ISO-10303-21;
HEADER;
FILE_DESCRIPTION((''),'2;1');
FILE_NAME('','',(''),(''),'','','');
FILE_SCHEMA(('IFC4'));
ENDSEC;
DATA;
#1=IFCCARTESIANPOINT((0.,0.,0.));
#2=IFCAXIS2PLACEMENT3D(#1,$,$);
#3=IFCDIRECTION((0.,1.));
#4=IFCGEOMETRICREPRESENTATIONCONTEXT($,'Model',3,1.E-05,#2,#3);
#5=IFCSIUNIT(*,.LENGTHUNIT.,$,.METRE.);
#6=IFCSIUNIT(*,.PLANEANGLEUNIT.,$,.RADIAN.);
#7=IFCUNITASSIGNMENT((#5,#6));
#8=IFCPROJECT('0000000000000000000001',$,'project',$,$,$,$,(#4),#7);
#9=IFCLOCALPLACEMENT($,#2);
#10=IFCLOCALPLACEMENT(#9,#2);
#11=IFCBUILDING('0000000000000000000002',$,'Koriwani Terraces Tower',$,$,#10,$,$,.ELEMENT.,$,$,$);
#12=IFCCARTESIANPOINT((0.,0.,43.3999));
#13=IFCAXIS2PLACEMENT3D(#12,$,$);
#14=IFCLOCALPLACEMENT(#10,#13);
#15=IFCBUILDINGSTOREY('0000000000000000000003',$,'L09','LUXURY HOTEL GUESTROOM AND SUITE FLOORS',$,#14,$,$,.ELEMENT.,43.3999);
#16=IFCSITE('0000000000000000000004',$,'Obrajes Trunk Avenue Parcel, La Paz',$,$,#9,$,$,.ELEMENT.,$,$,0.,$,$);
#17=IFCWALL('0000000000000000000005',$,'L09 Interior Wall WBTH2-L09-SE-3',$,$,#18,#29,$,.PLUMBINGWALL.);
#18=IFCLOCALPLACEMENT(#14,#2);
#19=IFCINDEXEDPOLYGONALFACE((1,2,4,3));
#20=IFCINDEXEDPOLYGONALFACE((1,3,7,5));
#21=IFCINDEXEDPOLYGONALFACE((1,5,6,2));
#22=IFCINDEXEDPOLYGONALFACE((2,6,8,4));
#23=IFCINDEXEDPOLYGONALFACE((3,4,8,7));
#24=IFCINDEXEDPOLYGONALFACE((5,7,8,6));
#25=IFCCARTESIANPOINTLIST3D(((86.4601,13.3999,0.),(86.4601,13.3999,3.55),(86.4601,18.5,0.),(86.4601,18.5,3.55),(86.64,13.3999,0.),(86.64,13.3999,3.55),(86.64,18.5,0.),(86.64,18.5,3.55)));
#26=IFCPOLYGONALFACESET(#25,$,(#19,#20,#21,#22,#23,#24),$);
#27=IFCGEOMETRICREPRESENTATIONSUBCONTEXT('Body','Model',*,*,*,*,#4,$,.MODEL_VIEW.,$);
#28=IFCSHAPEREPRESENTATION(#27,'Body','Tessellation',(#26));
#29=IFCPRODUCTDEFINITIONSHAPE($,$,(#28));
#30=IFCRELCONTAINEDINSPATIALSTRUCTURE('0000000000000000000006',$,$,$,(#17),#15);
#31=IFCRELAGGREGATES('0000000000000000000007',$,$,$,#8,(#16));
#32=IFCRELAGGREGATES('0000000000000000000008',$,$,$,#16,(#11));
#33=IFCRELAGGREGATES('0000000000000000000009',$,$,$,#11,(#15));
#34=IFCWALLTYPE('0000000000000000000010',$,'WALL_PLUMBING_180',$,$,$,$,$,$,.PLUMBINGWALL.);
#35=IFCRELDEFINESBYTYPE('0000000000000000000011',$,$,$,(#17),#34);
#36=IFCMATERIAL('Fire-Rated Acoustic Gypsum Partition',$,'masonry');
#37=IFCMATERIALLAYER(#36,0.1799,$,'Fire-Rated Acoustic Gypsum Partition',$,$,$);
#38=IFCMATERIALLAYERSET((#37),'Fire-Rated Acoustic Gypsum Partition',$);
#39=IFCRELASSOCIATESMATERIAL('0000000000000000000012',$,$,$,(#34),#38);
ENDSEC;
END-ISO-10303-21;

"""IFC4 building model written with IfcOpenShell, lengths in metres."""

from ifc_helpers import new_model, si_unit, direction, frame, frame_2d, origin, place, context, subcontext, project, spatial, rectangle, extrude, material, layer, layer_set, type_object, element, save


model = new_model("IFC4")

# Units and contexts
model_context = context("Model", 3, precision=1e-05, world=origin(), true_north=direction((0.0, 1.0)))
body_context = subcontext(model_context, "Body", "Model", "MODEL_VIEW")
ifc_project = project(units=[si_unit("LENGTHUNIT", "METRE"), si_unit("PLANEANGLEUNIT", "RADIAN")], contexts=[model_context])

# Site, building, storey
site_placement = place(None, origin())
site = spatial("IfcSite", under=ifc_project, at=site_placement, Name="Obrajes Trunk Avenue Parcel, La Paz", CompositionType="ELEMENT", RefElevation=0.0)
building_placement = place(site_placement, origin())
building = spatial("IfcBuilding", under=site, at=building_placement, Name="Koriwani Terraces Tower", CompositionType="ELEMENT")
storey_placement = place(building_placement, frame((0.0, 0.0, 43.3999)))
storey = spatial("IfcBuildingStorey", under=building, at=storey_placement, Name="L09", Description="LUXURY HOTEL GUESTROOM AND SUITE FLOORS", CompositionType="ELEMENT", Elevation=43.3999)

# Wall
ifc_material_1 = material(Name="Fire-Rated Acoustic Gypsum Partition", Category="masonry")
ifc_layer_1 = layer(ifc_material_1, 0.1799, Name="Fire-Rated Acoustic Gypsum Partition")
ifc_layer_set_1 = layer_set([ifc_layer_1], Name="Fire-Rated Acoustic Gypsum Partition")
wall_type_1 = type_object("IfcWallType", Name="WALL_PLUMBING_180", PredefinedType="PLUMBINGWALL", material=ifc_layer_set_1)
for number, where, z_axis, x_axis, name in (
    (1, (86.55, 13.3999, 0.0), (0.0, 0.0, 1.0), (0.0, 1.0, 0.0), "L09 Interior Wall WBTH2-L09-SE-3"),
):
    element("IfcWall", number, at=place(storey_placement, frame(where, z_axis=z_axis, x_axis=x_axis)), inside=storey, type_object=wall_type_1, Name=name, PredefinedType="PLUMBINGWALL", context=body_context, shape_type="SweptSolid", body=[
        extrude(rectangle(XDim=5.1001, YDim=0.1799, at=frame_2d((2.55, 0.0))), origin(), (0.0, 0.0, 1.0), 3.55),
    ])

save(model, "model.ifc")
